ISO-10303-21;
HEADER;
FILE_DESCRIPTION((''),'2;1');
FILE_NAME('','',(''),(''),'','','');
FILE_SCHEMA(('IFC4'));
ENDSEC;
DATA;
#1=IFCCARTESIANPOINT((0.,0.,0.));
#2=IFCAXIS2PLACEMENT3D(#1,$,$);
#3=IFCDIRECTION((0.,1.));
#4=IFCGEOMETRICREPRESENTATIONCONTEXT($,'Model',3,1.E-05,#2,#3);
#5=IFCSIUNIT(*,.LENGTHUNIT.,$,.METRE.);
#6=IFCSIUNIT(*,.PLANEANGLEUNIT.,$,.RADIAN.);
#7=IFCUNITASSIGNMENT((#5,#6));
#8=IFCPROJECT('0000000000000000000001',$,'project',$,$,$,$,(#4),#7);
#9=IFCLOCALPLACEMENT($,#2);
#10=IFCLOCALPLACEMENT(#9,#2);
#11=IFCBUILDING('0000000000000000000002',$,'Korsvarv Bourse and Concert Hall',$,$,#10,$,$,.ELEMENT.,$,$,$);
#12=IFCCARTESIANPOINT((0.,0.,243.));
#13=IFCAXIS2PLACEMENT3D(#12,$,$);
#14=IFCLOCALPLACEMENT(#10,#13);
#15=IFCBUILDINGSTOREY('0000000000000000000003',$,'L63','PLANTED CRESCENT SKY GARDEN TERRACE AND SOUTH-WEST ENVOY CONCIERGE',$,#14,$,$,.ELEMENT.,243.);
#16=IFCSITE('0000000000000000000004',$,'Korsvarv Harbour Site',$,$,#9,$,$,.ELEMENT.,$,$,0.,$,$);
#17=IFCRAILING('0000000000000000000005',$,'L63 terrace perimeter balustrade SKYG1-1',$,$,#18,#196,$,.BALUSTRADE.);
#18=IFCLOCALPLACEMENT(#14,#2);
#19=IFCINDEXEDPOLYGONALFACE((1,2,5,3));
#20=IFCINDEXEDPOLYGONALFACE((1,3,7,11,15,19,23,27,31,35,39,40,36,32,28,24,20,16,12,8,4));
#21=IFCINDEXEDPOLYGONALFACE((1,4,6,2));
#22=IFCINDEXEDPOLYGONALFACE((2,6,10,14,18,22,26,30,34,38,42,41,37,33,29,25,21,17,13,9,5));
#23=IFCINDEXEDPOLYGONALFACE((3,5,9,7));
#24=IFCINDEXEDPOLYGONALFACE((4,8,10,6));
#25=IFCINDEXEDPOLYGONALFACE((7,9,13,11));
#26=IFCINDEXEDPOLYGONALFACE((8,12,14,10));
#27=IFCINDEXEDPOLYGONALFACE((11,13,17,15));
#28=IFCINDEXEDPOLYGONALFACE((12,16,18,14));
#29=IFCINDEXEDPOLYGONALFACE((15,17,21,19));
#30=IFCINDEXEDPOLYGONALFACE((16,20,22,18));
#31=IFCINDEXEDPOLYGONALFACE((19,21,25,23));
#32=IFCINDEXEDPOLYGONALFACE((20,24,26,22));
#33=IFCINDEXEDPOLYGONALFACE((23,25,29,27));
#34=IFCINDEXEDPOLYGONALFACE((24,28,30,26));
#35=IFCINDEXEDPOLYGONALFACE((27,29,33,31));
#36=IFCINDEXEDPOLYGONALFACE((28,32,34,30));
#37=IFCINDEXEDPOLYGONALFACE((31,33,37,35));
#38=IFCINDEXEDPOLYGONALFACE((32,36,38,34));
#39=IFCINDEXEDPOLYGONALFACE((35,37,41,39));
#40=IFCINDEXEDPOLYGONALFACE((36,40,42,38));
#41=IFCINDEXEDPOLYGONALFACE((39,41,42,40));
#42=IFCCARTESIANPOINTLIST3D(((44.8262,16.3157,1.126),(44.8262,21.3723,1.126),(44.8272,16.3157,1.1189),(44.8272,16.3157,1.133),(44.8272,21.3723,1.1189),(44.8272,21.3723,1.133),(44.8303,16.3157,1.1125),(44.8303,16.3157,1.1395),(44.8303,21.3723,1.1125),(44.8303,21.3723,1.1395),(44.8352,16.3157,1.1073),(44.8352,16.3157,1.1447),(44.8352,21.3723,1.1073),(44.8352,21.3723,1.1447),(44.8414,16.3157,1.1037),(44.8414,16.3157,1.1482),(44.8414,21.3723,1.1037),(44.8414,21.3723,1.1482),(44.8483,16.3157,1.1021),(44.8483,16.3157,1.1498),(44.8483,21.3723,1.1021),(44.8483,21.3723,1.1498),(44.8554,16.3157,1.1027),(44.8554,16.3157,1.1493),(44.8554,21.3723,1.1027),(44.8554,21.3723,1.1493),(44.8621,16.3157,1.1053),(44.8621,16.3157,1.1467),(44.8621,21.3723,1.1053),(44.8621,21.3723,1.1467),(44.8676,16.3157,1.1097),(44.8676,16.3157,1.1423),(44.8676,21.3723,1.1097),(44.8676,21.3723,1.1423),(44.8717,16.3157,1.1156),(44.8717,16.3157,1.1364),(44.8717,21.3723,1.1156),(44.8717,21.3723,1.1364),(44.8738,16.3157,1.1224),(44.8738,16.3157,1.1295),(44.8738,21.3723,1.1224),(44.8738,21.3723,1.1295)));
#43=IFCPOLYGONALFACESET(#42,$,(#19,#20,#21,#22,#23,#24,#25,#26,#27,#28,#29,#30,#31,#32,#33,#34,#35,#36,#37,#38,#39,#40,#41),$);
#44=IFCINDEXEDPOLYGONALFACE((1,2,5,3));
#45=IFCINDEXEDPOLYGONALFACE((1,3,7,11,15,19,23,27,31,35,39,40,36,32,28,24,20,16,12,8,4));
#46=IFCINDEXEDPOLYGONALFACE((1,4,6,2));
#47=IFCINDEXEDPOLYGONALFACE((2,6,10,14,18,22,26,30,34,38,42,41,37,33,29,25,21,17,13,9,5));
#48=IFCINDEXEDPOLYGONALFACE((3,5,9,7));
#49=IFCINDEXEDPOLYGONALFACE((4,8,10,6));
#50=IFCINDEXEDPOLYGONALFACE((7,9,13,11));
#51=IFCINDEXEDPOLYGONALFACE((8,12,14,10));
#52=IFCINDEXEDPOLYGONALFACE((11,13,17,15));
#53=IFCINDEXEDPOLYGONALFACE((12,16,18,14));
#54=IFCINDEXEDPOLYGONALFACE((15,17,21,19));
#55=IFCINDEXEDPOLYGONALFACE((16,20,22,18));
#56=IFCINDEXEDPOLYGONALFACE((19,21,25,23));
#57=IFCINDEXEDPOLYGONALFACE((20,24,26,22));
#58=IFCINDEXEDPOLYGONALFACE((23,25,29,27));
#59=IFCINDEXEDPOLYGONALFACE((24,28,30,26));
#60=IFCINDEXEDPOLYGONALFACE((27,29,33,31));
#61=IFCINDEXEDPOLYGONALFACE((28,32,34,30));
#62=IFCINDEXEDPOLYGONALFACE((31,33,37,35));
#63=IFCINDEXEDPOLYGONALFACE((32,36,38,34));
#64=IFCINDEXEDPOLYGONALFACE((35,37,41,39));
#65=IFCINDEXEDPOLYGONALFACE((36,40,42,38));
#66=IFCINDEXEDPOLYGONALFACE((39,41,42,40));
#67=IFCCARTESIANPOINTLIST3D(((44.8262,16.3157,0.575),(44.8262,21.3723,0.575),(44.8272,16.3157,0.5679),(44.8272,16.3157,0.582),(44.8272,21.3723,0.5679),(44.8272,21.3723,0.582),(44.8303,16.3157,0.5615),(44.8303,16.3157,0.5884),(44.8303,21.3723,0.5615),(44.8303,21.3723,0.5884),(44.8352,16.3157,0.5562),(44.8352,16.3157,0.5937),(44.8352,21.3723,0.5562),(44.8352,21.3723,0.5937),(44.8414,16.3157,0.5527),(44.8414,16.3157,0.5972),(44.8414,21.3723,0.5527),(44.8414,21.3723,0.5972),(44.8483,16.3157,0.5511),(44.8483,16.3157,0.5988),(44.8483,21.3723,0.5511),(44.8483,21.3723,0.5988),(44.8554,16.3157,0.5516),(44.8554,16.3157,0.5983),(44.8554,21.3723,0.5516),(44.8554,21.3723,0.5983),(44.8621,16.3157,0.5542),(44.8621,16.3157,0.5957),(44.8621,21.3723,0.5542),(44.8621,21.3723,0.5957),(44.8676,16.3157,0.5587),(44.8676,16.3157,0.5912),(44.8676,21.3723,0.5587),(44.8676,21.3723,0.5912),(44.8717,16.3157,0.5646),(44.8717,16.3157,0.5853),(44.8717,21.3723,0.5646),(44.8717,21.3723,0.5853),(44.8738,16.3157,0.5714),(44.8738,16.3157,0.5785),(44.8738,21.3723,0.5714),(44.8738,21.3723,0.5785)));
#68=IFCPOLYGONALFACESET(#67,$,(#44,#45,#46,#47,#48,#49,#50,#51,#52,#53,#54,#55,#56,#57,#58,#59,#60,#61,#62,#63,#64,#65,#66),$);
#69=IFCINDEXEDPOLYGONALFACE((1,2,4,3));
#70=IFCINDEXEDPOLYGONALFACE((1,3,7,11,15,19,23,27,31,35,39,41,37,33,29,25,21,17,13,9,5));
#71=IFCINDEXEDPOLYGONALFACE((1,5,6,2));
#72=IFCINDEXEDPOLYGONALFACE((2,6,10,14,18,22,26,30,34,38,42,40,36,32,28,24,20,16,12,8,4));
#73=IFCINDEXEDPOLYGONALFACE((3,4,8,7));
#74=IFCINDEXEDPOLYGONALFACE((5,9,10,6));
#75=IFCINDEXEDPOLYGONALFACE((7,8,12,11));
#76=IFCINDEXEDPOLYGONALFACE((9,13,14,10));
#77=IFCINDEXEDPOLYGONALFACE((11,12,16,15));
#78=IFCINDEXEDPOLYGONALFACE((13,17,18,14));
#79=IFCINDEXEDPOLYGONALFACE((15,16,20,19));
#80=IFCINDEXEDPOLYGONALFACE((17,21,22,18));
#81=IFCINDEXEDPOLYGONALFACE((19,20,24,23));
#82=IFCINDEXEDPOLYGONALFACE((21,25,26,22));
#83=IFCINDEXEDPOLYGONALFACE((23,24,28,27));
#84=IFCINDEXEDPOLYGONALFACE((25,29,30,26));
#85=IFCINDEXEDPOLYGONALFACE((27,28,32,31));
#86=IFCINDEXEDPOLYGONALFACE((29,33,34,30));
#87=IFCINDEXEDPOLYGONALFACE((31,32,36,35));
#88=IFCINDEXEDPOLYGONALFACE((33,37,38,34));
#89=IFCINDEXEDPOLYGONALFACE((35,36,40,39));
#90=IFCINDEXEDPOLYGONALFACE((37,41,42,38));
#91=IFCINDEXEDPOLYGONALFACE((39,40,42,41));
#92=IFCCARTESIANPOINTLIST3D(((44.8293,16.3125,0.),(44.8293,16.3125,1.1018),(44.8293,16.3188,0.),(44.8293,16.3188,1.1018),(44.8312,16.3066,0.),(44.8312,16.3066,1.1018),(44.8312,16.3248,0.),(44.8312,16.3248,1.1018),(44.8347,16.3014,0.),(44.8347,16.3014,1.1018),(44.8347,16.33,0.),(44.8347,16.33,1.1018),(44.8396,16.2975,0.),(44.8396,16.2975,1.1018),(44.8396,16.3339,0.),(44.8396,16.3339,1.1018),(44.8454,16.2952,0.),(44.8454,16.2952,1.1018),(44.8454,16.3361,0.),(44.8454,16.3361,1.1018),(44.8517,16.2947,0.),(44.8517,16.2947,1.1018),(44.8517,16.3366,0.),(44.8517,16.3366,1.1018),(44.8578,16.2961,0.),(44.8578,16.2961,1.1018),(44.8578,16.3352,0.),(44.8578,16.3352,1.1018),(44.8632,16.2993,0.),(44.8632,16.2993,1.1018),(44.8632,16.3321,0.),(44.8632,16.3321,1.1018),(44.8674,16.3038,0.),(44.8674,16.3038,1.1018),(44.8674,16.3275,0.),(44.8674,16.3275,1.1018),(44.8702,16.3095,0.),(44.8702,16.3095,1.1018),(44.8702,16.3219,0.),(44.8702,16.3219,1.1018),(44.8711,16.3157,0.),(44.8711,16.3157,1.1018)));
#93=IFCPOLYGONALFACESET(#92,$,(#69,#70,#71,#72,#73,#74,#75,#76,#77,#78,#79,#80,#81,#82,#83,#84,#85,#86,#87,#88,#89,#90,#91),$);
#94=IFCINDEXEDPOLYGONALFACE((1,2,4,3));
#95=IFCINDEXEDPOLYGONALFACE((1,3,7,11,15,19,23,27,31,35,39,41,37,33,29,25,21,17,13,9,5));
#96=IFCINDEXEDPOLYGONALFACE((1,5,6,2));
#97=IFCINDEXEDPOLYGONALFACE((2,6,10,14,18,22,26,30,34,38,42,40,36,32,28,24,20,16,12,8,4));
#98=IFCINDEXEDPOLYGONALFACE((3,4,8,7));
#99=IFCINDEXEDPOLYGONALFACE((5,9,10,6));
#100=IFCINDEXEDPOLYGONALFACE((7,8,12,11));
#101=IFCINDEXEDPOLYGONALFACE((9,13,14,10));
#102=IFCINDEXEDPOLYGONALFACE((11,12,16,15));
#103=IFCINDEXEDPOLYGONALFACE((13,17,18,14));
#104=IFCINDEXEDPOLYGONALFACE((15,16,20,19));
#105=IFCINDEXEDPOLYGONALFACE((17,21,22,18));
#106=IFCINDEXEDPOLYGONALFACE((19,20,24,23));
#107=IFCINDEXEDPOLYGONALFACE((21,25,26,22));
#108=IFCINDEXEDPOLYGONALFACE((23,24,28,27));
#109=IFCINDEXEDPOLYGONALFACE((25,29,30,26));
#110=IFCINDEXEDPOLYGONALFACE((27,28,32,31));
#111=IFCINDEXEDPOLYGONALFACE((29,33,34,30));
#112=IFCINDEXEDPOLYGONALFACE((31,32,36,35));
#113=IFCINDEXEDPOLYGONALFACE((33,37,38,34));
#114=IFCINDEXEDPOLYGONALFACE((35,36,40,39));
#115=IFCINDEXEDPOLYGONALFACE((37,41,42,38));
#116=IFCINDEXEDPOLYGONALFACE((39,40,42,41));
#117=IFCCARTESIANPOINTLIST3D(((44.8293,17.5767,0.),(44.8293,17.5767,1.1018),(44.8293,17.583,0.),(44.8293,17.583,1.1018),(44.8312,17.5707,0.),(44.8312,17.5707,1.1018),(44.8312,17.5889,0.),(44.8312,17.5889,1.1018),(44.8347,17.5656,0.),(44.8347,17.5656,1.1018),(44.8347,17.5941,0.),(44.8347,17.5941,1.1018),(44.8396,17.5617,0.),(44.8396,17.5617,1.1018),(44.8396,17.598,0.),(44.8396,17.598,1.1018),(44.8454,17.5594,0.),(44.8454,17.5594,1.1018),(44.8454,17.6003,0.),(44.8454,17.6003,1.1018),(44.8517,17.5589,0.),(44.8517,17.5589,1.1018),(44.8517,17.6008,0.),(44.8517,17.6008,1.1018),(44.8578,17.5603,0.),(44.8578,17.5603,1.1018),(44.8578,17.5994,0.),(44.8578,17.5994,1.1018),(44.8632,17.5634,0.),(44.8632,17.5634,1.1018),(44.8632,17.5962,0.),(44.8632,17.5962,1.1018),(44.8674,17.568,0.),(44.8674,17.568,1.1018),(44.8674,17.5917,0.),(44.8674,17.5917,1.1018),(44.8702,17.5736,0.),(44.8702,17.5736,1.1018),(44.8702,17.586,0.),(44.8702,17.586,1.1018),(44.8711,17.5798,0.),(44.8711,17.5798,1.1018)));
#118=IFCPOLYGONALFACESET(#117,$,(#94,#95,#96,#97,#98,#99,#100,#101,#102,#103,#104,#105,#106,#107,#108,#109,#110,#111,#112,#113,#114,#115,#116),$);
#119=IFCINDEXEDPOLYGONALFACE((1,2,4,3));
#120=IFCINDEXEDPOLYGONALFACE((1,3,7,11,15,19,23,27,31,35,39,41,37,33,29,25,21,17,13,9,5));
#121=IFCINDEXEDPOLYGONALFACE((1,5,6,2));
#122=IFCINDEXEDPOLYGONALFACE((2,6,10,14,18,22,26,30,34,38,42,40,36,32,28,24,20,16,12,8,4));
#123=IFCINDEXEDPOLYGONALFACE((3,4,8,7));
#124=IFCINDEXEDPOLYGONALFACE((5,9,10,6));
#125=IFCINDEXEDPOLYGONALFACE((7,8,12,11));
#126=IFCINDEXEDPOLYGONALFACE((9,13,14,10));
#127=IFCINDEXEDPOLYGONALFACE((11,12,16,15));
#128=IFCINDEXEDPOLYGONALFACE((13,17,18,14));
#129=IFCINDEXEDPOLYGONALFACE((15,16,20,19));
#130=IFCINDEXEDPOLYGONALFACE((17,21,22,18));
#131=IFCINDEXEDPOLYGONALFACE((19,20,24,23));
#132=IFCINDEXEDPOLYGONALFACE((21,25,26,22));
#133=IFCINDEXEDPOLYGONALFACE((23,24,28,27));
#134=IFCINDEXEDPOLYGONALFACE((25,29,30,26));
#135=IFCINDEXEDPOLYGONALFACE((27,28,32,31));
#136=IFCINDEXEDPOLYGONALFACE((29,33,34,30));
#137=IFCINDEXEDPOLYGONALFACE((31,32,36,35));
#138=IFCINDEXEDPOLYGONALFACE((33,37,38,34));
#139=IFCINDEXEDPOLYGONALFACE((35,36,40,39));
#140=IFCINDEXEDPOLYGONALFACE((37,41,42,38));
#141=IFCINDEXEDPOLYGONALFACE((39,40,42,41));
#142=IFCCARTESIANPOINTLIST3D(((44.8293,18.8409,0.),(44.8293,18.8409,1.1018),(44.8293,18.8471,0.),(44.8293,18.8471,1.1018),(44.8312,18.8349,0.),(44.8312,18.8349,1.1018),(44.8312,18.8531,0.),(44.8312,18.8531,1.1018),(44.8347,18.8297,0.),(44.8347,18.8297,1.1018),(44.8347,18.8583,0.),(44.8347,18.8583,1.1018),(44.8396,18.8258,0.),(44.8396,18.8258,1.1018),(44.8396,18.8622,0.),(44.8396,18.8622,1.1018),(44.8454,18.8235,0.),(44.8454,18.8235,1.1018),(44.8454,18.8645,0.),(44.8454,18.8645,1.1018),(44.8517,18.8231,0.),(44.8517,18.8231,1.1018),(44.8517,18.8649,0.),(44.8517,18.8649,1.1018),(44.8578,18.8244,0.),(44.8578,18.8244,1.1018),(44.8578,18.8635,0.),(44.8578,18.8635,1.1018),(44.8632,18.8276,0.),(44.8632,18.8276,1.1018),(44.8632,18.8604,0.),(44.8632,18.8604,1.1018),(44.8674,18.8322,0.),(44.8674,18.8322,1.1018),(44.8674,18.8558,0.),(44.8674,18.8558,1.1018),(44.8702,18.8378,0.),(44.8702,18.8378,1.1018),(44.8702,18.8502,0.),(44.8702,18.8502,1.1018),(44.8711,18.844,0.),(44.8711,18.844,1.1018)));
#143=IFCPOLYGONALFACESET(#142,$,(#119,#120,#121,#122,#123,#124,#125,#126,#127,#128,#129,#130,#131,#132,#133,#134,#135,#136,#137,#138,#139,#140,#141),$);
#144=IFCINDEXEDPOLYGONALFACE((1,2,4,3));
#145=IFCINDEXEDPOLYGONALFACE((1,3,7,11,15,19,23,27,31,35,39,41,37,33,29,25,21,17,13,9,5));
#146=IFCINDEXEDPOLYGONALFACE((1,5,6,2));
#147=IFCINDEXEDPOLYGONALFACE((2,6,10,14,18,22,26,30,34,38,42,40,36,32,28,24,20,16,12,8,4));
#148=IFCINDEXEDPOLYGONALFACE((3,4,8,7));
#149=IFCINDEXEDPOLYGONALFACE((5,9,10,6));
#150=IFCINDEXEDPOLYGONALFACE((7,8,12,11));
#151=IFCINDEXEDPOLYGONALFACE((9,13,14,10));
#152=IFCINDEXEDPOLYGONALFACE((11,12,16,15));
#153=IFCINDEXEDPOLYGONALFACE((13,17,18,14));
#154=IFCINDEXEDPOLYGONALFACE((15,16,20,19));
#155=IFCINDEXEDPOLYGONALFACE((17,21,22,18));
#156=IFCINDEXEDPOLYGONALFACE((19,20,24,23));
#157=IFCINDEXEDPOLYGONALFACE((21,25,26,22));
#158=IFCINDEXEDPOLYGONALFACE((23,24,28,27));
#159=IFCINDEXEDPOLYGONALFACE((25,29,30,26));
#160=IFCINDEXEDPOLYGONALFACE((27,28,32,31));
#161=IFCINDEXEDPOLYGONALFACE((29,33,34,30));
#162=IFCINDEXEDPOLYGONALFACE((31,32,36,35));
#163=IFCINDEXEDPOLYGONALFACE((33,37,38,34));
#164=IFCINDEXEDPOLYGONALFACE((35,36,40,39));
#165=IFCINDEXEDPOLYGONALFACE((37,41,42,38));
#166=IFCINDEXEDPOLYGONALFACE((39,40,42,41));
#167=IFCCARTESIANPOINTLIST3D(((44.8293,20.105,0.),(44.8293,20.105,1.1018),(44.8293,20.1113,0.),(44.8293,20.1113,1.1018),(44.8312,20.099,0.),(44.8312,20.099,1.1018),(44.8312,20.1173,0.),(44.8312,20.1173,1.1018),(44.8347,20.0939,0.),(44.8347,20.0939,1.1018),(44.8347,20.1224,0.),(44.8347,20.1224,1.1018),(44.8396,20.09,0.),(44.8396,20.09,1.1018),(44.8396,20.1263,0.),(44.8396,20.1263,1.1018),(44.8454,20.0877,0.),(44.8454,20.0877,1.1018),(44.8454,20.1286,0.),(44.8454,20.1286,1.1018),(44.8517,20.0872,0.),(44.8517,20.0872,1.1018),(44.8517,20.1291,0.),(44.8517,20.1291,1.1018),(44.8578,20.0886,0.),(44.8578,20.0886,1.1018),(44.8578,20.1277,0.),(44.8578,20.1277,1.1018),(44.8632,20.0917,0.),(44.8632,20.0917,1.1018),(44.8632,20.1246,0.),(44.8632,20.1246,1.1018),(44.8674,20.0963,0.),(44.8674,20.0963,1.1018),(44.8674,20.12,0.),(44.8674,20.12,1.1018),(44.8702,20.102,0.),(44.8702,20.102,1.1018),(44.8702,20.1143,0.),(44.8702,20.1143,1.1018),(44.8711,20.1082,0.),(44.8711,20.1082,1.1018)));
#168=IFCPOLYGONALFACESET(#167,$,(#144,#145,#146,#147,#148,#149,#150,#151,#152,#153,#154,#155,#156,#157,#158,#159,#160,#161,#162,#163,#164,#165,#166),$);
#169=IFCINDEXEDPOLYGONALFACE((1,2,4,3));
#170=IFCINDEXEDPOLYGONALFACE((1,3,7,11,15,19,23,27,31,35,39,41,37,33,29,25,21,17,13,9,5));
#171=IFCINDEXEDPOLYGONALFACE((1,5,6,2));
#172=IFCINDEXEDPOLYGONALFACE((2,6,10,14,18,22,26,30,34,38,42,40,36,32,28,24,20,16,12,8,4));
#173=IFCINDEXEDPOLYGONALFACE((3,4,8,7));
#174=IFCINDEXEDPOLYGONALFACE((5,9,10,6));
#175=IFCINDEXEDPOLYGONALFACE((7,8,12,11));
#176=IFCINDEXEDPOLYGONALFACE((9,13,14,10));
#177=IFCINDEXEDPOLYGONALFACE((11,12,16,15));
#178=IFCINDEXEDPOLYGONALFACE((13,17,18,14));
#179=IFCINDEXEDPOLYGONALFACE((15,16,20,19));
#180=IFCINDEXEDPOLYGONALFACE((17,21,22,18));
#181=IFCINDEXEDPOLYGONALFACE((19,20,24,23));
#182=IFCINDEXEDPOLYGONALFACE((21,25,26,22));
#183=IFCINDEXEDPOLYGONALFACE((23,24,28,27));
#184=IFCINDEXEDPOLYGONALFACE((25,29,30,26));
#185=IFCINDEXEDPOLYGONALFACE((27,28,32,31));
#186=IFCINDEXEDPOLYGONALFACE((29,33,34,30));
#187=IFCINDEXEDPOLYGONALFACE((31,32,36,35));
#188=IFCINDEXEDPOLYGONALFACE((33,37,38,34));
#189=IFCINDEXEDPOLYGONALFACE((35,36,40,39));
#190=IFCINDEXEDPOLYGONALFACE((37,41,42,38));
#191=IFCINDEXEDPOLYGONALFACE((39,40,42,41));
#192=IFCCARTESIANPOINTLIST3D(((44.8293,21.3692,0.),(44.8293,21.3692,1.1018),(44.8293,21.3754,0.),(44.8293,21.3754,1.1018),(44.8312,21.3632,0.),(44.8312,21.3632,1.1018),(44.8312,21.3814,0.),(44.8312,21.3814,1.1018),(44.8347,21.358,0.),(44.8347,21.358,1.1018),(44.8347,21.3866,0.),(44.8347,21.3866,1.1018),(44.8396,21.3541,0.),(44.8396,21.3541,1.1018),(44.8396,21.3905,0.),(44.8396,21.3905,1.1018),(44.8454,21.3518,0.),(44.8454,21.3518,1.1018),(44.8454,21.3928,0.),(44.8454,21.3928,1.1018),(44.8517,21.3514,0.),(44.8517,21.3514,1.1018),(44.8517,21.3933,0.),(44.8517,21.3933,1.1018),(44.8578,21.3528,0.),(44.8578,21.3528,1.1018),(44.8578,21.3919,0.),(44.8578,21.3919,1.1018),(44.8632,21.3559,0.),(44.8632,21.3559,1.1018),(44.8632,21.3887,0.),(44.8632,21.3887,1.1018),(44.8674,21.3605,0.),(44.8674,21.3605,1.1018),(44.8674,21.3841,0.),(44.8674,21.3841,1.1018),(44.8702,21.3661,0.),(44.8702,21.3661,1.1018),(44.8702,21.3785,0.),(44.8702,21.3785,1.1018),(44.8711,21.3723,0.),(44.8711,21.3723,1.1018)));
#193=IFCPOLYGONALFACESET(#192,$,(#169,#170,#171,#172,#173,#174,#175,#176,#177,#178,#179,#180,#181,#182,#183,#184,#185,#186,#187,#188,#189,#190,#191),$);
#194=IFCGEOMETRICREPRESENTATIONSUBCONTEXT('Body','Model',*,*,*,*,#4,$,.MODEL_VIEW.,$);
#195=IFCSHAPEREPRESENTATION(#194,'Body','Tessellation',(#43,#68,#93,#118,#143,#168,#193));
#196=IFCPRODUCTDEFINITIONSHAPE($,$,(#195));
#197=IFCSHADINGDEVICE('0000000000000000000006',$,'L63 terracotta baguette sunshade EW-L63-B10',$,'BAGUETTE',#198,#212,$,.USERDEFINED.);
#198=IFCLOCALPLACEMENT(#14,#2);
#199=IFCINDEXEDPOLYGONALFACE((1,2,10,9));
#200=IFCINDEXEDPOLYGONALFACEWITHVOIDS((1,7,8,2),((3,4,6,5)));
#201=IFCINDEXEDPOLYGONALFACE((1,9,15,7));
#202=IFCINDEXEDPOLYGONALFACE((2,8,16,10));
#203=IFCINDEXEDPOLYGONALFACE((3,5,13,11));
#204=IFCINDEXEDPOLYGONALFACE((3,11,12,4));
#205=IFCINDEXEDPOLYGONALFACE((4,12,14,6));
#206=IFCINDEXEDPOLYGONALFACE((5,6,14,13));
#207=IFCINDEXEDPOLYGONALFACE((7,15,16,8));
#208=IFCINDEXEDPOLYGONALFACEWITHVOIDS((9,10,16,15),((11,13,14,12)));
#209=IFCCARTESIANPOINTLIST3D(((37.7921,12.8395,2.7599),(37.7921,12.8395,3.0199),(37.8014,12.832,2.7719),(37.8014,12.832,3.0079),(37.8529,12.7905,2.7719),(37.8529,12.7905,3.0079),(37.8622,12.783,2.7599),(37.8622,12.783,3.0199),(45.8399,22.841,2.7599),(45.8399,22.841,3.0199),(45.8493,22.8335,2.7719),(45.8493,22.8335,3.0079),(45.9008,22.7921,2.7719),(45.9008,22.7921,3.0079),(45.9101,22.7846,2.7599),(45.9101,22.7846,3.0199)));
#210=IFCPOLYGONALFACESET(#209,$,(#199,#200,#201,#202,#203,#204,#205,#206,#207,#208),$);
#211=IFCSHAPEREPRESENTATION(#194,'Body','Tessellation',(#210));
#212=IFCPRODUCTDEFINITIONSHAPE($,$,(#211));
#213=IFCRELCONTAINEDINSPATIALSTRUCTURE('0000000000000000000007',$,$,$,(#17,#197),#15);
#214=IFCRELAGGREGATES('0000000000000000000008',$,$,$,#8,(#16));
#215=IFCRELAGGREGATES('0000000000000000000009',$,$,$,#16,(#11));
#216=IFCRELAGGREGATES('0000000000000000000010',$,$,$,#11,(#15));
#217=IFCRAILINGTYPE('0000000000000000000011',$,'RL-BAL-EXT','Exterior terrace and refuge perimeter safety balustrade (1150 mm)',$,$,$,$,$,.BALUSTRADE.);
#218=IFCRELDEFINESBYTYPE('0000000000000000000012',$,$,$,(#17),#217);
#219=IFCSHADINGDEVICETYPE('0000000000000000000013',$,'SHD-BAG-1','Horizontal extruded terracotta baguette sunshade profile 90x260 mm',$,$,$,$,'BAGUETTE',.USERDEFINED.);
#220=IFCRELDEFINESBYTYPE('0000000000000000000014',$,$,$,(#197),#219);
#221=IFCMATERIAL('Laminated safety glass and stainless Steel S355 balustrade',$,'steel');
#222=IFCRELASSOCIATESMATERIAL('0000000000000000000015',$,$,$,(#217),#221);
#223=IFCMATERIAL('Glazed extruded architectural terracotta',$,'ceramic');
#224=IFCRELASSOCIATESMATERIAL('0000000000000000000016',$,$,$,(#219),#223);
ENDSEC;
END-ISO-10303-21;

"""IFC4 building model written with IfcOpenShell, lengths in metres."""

from ifc_helpers import new_model, si_unit, direction, frame, origin, origin_2d, place, context, subcontext, project, spatial, hollow_rectangle, circle, extrude, source, transform, mapped, material, material_profile, profile_set, type_object, element, save


model = new_model("IFC4")

# Units and contexts
model_context = context("Model", 3, precision=1e-05, world=origin(), true_north=direction((0.0, 1.0)))
body_context = subcontext(model_context, "Body", "Model", "MODEL_VIEW")
ifc_project = project(units=[si_unit("LENGTHUNIT", "METRE"), si_unit("PLANEANGLEUNIT", "RADIAN")], contexts=[model_context])

# Site, building, storey
site_placement = place(None, origin())
site = spatial("IfcSite", under=ifc_project, at=site_placement, Name="Korsvarv Harbour Site", CompositionType="ELEMENT", RefElevation=0.0)
building_placement = place(site_placement, origin())
building = spatial("IfcBuilding", under=site, at=building_placement, Name="Korsvarv Bourse and Concert Hall", CompositionType="ELEMENT")
storey_placement = place(building_placement, frame((0.0, 0.0, 243.0)))
storey = spatial("IfcBuildingStorey", under=building, at=storey_placement, Name="L63", Description="PLANTED CRESCENT SKY GARDEN TERRACE AND SOUTH-WEST ENVOY CONCIERGE", CompositionType="ELEMENT", Elevation=243.0)

# Railing
ifc_material_1 = material(Name="Laminated safety glass and stainless Steel S355 balustrade", Category="steel")
railing_type = type_object("IfcRailingType", Name="RL-BAL-EXT", Description="Exterior terrace and refuge perimeter safety balustrade (1150 mm)", PredefinedType="BALUSTRADE", material=ifc_material_1)
railing_1_placement = place(storey_placement, frame((44.8501, 16.3157, 0.0)))
element("IfcRailing", 1, at=railing_1_placement, inside=storey, type_object=railing_type, Name="L63 terrace perimeter balustrade SKYG1-1", PredefinedType="BALUSTRADE", context=body_context, shape_type="SweptSolid", body=[
    extrude(circle(Radius=0.0239, at=origin_2d()), frame((0.0, 0.0, 1.126), z_axis=(0.0, 1.0, 0.0), x_axis=(-1.0, 0.0, 0.0)), (0.0, 0.0, 1.0), 5.0566),
    extrude(circle(Radius=0.0239, at=origin_2d()), frame((0.0, 0.0, 0.575), z_axis=(0.0, 1.0, 0.0), x_axis=(-1.0, 0.0, 0.0)), (0.0, 0.0, 1.0), 5.0566),
    extrude(circle(Radius=0.021, at=origin_2d()), origin(), (0.0, 0.0, 1.0), 1.1018),
    extrude(circle(Radius=0.021, at=origin_2d()), frame((0.0, 1.2642, 0.0)), (0.0, 0.0, 1.0), 1.1018),
    extrude(circle(Radius=0.021, at=origin_2d()), frame((0.0, 2.5283, 0.0)), (0.0, 0.0, 1.0), 1.1018),
    extrude(circle(Radius=0.021, at=origin_2d()), frame((0.0, 3.7925, 0.0)), (0.0, 0.0, 1.0), 1.1018),
    extrude(circle(Radius=0.021, at=origin_2d()), frame((0.0, 5.0566, 0.0)), (0.0, 0.0, 1.0), 1.1018),
])

# Shading device
ifc_material_2 = material(Name="Glazed extruded architectural terracotta", Category="ceramic")
ifc_material_profile_1 = material_profile(ifc_material_2, hollow_rectangle(XDim=0.0901, YDim=0.26, WallThickness=0.012, at=origin_2d()), Name="TC-BAG 90x260")
ifc_profile_set_1 = profile_set([ifc_material_profile_1], Name="Glazed extruded architectural terracotta")
shading_device_type = type_object("IfcShadingDeviceType", Name="SHD-BAG-1", Description="Horizontal extruded terracotta baguette sunshade profile 90x260 mm", ElementType="BAGUETTE", PredefinedType="USERDEFINED", material=ifc_profile_set_1)
shared_shape_1 = source(origin(), body_context, "Body", "SweptSolid", [
    extrude(hollow_rectangle(XDim=0.0901, YDim=0.26, WallThickness=0.012, at=origin_2d()), origin(), (0.0, 0.0, 1.0), 12.8374),
])
shading_device_placement = place(storey_placement, frame((37.8271, 12.8113, 2.8899), z_axis=(0.62691, 0.779092, 0.0), x_axis=(-0.779092, 0.62691, 0.0)))
element("IfcShadingDevice", 2, at=shading_device_placement, inside=storey, type_object=shading_device_type, Name="L63 terracotta baguette sunshade EW-L63-B10", ObjectType="BAGUETTE", PredefinedType="USERDEFINED", context=body_context, shape_type="MappedRepresentation", body=[
    mapped(shared_shape_1, transform((0.0, 0.0, 0.0), scale=1.0)),
])

save(model, "model.ifc")
